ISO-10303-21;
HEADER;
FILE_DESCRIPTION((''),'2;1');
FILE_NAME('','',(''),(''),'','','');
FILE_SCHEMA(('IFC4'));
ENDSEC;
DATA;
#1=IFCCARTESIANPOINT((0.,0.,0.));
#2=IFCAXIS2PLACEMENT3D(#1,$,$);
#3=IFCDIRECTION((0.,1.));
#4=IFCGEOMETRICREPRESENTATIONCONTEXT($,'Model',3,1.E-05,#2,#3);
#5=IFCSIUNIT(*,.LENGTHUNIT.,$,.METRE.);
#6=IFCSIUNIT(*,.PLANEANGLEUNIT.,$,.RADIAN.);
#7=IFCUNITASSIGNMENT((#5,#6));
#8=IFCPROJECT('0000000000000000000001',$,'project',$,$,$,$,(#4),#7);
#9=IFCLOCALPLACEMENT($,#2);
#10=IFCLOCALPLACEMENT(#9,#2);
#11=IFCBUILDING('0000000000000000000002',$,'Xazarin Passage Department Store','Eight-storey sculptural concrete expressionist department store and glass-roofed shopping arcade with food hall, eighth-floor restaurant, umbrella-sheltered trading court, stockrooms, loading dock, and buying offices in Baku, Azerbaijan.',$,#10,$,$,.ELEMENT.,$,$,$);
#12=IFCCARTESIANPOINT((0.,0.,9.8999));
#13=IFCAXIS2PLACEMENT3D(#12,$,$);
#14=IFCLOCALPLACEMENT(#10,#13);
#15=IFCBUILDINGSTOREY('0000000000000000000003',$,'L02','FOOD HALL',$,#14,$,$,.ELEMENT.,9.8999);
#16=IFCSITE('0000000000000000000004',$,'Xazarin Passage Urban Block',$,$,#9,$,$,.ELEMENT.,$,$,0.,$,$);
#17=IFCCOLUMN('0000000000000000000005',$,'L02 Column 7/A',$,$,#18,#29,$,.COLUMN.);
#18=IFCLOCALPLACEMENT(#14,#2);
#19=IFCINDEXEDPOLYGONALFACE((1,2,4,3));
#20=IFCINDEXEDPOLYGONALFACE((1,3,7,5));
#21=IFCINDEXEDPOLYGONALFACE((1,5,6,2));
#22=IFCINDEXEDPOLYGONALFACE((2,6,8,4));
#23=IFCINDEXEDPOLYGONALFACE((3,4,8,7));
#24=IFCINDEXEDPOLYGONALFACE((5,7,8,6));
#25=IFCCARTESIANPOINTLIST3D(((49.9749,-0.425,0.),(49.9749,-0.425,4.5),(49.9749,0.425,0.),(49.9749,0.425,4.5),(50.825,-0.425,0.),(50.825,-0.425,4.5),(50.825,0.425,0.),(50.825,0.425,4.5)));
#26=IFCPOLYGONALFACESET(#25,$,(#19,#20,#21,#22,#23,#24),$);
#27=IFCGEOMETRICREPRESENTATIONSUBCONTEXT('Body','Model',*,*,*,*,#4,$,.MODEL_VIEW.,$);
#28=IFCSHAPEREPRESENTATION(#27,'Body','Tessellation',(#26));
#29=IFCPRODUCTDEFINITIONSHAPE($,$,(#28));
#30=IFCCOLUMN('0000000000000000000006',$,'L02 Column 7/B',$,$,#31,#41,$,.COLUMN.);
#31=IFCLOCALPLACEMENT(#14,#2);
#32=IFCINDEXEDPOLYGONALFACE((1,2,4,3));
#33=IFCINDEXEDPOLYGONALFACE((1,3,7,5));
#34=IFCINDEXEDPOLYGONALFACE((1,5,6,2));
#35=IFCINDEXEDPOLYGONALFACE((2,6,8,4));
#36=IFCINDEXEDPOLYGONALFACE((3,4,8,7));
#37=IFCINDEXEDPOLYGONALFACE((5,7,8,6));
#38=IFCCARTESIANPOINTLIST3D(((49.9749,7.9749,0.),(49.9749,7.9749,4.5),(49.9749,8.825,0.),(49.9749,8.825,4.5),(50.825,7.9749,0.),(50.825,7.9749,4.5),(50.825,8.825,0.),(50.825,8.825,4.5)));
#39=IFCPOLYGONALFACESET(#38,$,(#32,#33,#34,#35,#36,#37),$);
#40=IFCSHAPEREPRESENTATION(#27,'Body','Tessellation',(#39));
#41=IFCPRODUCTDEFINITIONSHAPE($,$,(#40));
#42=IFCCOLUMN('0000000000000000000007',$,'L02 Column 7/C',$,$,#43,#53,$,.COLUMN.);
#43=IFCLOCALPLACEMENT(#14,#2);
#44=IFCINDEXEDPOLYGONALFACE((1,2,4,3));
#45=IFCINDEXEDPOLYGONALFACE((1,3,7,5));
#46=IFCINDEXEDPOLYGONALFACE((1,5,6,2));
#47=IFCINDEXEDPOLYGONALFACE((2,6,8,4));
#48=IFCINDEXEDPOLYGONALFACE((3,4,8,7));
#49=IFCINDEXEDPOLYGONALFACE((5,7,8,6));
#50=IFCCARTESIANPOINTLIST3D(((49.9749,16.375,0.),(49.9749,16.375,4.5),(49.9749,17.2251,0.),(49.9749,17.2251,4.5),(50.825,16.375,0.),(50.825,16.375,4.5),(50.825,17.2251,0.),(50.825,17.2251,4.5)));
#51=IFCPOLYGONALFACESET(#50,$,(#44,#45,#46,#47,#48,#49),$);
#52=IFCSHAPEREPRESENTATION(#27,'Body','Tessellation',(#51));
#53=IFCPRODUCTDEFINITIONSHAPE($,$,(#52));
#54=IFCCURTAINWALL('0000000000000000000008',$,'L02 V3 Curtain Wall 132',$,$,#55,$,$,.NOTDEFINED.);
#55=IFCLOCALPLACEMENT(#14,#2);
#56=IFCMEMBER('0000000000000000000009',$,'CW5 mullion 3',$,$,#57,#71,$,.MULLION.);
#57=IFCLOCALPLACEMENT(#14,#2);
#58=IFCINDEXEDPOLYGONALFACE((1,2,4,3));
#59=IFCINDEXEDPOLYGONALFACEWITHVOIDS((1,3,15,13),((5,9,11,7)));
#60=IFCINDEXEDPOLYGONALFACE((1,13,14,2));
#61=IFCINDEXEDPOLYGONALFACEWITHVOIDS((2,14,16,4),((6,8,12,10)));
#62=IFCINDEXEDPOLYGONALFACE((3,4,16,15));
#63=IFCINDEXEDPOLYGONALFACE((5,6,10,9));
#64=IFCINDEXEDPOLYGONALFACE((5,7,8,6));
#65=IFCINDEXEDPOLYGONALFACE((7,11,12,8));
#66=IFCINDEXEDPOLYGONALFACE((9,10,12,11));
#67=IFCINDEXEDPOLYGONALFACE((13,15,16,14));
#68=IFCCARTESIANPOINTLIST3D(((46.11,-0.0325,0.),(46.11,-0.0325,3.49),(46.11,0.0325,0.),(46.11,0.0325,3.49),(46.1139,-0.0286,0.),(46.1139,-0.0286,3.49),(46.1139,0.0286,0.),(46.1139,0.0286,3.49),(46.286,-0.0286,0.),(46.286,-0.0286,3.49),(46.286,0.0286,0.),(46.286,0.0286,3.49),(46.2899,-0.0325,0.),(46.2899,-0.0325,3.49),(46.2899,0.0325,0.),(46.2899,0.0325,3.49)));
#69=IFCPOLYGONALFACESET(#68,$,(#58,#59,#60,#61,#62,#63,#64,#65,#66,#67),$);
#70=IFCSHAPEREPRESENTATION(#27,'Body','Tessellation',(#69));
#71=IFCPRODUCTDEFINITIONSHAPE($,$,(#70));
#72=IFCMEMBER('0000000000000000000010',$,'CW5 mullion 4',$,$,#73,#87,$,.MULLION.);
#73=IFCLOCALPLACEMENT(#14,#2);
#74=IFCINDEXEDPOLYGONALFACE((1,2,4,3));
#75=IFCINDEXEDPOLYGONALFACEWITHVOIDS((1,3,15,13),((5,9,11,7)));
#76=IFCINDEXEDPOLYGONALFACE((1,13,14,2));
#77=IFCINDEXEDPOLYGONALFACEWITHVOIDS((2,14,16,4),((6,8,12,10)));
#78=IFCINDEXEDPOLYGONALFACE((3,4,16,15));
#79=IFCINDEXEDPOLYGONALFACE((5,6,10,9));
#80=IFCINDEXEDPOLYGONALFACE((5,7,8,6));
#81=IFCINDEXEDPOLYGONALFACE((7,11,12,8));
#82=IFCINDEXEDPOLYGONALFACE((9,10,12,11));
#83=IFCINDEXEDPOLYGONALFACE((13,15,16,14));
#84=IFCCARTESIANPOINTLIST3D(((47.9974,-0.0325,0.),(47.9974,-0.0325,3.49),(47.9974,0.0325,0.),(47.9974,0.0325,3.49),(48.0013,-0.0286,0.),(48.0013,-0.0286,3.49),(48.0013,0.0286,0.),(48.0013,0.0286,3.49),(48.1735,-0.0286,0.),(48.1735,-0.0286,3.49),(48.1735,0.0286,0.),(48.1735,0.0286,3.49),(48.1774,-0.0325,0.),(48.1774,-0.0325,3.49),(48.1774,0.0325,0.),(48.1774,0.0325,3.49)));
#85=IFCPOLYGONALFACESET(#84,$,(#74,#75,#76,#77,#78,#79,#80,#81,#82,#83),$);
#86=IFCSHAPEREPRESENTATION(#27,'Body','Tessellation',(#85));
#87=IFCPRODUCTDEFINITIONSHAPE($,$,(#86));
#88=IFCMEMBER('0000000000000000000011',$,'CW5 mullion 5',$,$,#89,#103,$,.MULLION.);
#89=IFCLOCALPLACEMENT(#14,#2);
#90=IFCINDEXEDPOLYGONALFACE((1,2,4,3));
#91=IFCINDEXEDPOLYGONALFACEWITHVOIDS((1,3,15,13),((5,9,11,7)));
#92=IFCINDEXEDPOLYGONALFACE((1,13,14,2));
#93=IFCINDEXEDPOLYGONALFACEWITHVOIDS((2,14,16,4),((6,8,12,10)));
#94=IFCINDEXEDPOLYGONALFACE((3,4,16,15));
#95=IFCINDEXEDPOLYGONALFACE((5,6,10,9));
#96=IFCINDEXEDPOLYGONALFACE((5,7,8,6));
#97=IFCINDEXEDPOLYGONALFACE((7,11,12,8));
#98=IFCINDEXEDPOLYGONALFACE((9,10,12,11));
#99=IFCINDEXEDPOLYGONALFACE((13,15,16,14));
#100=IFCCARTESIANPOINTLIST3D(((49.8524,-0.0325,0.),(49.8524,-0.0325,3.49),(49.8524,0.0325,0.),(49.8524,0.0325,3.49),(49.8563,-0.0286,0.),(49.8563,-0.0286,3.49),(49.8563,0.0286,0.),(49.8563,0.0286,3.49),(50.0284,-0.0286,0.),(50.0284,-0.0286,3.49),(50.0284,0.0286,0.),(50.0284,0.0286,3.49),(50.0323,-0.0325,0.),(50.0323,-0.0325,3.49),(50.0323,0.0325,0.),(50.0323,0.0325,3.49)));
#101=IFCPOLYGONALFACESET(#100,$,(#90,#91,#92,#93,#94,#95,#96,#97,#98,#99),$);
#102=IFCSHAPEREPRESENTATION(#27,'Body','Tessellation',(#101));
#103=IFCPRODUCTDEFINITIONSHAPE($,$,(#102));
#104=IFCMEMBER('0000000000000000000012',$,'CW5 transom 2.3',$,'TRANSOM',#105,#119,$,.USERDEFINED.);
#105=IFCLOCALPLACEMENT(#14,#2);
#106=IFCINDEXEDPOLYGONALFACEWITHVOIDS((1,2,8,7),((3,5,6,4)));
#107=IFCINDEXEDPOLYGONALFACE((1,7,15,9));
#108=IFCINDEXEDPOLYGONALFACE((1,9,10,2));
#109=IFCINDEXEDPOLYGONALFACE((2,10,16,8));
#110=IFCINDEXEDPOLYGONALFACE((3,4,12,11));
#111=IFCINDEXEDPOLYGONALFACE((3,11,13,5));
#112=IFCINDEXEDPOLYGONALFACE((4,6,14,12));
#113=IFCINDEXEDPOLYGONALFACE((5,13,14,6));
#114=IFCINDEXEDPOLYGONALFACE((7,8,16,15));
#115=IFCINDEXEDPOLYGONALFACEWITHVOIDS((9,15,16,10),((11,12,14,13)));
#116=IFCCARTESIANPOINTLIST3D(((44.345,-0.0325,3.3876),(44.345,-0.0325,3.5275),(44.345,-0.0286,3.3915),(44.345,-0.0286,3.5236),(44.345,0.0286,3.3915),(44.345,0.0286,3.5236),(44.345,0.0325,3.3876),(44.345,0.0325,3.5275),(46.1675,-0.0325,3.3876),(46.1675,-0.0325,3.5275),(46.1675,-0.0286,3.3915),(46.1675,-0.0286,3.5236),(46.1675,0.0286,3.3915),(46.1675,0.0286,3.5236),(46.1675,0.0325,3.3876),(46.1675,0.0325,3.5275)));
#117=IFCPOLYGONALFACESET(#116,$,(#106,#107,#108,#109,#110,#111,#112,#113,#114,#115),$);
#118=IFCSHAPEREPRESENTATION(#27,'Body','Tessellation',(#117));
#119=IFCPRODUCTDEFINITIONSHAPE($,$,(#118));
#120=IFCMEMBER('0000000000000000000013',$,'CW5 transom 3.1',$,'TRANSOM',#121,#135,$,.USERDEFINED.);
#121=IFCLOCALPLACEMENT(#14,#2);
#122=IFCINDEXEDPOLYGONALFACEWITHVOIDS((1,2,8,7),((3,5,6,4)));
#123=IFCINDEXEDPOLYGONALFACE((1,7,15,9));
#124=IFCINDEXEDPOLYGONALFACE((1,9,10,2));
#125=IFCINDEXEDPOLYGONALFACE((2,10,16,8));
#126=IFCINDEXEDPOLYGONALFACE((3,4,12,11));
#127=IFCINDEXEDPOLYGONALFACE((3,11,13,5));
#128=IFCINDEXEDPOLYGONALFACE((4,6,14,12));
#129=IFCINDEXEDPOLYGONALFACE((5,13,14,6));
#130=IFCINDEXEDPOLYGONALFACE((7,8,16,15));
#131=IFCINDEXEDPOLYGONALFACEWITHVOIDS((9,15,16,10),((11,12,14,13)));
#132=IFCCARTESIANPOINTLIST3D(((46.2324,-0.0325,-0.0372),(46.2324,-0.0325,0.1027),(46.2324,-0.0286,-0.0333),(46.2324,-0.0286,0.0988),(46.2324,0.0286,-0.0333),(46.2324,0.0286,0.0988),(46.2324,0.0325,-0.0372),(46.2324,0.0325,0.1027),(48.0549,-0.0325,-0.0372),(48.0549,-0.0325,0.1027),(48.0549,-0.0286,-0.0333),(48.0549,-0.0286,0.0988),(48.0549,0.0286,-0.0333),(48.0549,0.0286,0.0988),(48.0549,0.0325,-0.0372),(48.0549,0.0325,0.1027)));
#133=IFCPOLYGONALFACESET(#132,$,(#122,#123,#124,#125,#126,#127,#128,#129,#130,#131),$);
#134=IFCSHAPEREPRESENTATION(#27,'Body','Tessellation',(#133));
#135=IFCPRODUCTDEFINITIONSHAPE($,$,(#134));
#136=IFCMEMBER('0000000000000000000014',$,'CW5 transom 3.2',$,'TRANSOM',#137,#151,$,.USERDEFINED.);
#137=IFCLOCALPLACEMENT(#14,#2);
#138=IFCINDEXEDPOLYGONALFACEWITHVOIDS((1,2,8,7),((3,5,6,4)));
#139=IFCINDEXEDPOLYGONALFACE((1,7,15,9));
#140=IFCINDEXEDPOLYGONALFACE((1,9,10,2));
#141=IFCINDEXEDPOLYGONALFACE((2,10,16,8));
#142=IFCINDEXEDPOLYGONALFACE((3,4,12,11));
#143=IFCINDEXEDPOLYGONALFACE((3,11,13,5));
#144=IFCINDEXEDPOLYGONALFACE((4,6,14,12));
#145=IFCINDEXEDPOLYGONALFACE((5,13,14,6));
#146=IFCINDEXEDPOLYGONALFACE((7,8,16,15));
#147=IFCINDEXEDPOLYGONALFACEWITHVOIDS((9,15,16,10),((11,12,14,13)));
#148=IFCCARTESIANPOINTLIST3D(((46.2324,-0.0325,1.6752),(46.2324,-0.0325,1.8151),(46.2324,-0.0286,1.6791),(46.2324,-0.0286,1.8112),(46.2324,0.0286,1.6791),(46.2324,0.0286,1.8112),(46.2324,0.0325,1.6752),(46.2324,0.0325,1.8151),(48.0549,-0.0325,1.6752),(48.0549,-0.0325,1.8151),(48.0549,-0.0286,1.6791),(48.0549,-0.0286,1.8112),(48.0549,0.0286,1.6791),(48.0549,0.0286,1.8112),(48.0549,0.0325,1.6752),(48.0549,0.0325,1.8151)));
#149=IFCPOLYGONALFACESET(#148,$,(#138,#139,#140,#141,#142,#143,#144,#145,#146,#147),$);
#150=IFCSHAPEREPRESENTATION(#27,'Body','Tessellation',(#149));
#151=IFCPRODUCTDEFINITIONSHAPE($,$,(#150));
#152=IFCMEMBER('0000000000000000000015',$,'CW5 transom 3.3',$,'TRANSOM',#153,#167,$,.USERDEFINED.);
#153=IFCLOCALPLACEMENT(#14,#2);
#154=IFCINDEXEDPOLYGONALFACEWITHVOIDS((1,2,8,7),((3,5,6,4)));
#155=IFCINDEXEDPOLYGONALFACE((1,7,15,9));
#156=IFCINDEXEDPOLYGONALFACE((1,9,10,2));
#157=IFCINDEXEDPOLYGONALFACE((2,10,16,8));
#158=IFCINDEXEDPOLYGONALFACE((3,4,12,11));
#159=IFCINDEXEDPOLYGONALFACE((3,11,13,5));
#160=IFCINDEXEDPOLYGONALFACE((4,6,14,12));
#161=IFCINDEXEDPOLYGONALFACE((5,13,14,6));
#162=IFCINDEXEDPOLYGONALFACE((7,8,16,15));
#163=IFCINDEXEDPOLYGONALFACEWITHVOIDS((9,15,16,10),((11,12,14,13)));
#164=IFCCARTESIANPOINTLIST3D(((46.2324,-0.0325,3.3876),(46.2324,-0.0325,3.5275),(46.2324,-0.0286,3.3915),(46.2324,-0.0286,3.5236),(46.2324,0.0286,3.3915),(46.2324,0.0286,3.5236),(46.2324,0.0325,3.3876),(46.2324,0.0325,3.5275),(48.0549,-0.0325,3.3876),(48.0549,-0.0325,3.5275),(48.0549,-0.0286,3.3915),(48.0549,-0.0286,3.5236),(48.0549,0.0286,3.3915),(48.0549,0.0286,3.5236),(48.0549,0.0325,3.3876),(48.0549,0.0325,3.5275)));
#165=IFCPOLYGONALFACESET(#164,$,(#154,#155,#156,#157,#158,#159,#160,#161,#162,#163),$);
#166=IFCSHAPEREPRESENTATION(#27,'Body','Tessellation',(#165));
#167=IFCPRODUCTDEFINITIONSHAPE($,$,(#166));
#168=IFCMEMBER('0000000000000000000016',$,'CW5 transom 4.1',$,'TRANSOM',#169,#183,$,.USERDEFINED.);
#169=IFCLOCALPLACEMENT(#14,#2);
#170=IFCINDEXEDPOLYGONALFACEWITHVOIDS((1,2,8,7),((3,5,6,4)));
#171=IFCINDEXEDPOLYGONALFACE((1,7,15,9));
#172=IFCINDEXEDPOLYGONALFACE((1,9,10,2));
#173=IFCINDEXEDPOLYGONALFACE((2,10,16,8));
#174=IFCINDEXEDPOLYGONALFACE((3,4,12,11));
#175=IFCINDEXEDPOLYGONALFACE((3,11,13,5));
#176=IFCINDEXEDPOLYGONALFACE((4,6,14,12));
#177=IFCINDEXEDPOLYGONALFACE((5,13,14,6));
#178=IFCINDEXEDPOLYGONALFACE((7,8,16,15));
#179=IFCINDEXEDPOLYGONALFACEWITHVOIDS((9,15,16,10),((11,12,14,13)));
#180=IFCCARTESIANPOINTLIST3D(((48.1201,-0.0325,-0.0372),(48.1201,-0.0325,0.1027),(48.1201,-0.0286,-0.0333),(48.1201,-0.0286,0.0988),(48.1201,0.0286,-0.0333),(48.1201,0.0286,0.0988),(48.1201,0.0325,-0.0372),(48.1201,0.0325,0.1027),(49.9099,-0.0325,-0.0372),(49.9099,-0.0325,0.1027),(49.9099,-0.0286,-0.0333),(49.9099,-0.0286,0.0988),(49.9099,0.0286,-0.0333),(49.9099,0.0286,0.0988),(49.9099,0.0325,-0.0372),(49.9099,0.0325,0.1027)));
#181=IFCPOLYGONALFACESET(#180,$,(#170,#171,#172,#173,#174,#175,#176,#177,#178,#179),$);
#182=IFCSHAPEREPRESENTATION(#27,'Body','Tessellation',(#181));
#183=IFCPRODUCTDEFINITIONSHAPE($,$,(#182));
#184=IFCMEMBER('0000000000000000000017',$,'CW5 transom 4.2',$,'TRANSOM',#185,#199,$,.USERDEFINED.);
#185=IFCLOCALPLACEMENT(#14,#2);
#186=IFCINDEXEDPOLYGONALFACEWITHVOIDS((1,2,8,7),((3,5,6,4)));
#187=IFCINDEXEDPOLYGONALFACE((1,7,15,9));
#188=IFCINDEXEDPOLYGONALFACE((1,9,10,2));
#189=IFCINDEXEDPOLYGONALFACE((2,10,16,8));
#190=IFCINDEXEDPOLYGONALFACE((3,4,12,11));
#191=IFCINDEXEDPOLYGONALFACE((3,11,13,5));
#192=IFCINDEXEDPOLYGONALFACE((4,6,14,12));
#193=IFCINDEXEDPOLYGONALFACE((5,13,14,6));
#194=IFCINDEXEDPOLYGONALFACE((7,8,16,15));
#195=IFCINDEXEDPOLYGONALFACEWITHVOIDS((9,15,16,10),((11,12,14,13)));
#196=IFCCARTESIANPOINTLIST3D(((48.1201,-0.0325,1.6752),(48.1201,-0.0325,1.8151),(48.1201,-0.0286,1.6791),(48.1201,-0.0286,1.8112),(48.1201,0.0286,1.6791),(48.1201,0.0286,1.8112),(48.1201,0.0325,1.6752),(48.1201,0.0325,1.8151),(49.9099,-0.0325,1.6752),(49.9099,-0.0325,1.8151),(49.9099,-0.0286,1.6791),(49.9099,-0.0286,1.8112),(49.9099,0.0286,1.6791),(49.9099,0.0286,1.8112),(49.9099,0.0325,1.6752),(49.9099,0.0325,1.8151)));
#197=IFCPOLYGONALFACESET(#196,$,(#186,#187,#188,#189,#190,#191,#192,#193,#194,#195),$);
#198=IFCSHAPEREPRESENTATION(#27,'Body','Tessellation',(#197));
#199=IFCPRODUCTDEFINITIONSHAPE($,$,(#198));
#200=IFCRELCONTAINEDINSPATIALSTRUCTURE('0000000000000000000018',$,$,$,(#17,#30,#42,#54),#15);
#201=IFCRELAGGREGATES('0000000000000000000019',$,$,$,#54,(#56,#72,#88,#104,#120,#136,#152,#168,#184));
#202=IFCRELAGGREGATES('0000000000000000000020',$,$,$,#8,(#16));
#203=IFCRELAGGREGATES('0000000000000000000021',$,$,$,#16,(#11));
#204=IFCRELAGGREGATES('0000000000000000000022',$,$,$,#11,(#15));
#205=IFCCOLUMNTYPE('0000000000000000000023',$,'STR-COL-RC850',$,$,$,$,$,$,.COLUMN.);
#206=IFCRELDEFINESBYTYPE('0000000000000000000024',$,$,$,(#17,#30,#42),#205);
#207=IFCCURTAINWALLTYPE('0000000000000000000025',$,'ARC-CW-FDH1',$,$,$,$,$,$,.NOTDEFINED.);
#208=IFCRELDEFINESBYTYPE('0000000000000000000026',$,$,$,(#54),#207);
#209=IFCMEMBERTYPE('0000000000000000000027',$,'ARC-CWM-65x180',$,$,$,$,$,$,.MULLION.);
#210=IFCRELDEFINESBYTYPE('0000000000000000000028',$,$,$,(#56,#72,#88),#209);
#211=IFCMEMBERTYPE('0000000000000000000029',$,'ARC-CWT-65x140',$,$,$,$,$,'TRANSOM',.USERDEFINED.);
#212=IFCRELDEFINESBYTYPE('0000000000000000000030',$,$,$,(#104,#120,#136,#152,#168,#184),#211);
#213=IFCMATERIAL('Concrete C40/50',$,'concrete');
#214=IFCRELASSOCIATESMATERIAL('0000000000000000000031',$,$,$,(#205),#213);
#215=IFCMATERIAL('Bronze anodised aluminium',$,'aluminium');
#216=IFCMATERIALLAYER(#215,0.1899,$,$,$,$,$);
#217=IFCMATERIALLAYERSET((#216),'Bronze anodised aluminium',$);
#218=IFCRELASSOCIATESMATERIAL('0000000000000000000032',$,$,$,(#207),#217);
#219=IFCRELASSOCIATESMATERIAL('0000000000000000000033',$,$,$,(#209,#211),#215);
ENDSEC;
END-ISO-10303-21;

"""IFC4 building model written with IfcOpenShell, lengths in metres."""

from ifc_helpers import new_model, si_unit, direction, frame, origin, origin_2d, place, context, subcontext, project, spatial, rectangle, hollow_rectangle, extrude, material, layer, layer_set, material_profile, profile_set, type_object, element, aggregate, save


model = new_model("IFC4")

# Units and contexts
model_context = context("Model", 3, precision=1e-05, world=origin(), true_north=direction((0.0, 1.0)))
body_context = subcontext(model_context, "Body", "Model", "MODEL_VIEW")
ifc_project = project(units=[si_unit("LENGTHUNIT", "METRE"), si_unit("PLANEANGLEUNIT", "RADIAN")], contexts=[model_context])

# Site, building, storey
site_placement = place(None, origin())
site = spatial("IfcSite", under=ifc_project, at=site_placement, Name="Xazarin Passage Urban Block", CompositionType="ELEMENT", RefElevation=0.0)
building_placement = place(site_placement, origin())
building = spatial("IfcBuilding", under=site, at=building_placement, Name="Xazarin Passage Department Store", Description="Eight-storey sculptural concrete expressionist department store and glass-roofed shopping arcade with food hall, eighth-floor restaurant, umbrella-sheltered trading court, stockrooms, loading dock, and buying offices in Baku, Azerbaijan.", CompositionType="ELEMENT")
storey_placement = place(building_placement, frame((0.0, 0.0, 9.8999)))
storey = spatial("IfcBuildingStorey", under=building, at=storey_placement, Name="L02", Description="FOOD HALL", CompositionType="ELEMENT", Elevation=9.8999)

# Columns
ifc_material_1 = material(Name="Concrete C40/50", Category="concrete")
ifc_material_profile_1 = material_profile(ifc_material_1, rectangle(XDim=0.8501, YDim=0.8501, at=origin_2d()), Name="RC 850x850")
ifc_profile_set_1 = profile_set([ifc_material_profile_1], Name="Concrete C40/50")
column_type = type_object("IfcColumnType", Name="STR-COL-RC850", PredefinedType="COLUMN", material=ifc_profile_set_1)
for number, where, z_axis, x_axis, name in (
    (1, (50.3999, 0.0, 0.0), (0.0, 0.0, 1.0), (1.0, 0.0, 0.0), "L02 Column 7/A"),
    (2, (50.3999, 8.3999, 0.0), (0.0, 0.0, 1.0), (1.0, 0.0, 0.0), "L02 Column 7/B"),
    (3, (50.3999, 16.8, 0.0), (0.0, 0.0, 1.0), (1.0, 0.0, 0.0), "L02 Column 7/C"),
):
    element("IfcColumn", number, at=place(storey_placement, frame(where, z_axis=z_axis, x_axis=x_axis)), inside=storey, type_object=column_type, Name=name, PredefinedType="COLUMN", context=body_context, shape_type="SweptSolid", body=[
        extrude(rectangle(XDim=0.8501, YDim=0.8501, at=origin_2d()), origin(), (0.0, 0.0, 1.0), 4.5),
    ])

# Curtain wall, members
ifc_material_2 = material(Name="Bronze anodised aluminium", Category="aluminium")
ifc_layer_1 = layer(ifc_material_2, 0.1899)
ifc_layer_set_1 = layer_set([ifc_layer_1], Name="Bronze anodised aluminium")
curtain_wall_type = type_object("IfcCurtainWallType", Name="ARC-CW-FDH1", PredefinedType="NOTDEFINED", material=ifc_layer_set_1)
curtain_wall_placement = place(storey_placement, origin())
curtain_wall = element("IfcCurtainWall", 4, at=curtain_wall_placement, inside=storey, type_object=curtain_wall_type, Name="L02 V3 Curtain Wall 132", PredefinedType="NOTDEFINED")
ifc_material_profile_2 = material_profile(ifc_material_2, hollow_rectangle(XDim=0.0649, YDim=0.1799, WallThickness=0.0039, at=origin_2d()), Name="ALU 65x180")
ifc_profile_set_2 = profile_set([ifc_material_profile_2], Name="Bronze anodised aluminium")
member_type_1 = type_object("IfcMemberType", Name="ARC-CWM-65x180", PredefinedType="MULLION", material=ifc_profile_set_2)
member_1_placement = place(storey_placement, frame((46.2, 0.0, 0.0), z_axis=(0.0, 0.0, 1.0), x_axis=(0.0, 1.0, 0.0)))
member_1 = element("IfcMember", 5, at=member_1_placement, type_object=member_type_1, Name="CW5 mullion 3", PredefinedType="MULLION", context=body_context, shape_type="SweptSolid", body=[
    extrude(hollow_rectangle(XDim=0.0649, YDim=0.1799, WallThickness=0.0039, at=origin_2d()), origin(), (0.0, 0.0, 1.0), 3.49),
])
member_2_placement = place(storey_placement, frame((48.0874, 0.0, 0.0), z_axis=(0.0, 0.0, 1.0), x_axis=(0.0, 1.0, 0.0)))
member_2 = element("IfcMember", 6, at=member_2_placement, type_object=member_type_1, Name="CW5 mullion 4", PredefinedType="MULLION", context=body_context, shape_type="SweptSolid", body=[
    extrude(hollow_rectangle(XDim=0.0649, YDim=0.1799, WallThickness=0.0039, at=origin_2d()), origin(), (0.0, 0.0, 1.0), 3.49),
])
member_3_placement = place(storey_placement, frame((49.9424, 0.0, 0.0), z_axis=(0.0, 0.0, 1.0), x_axis=(0.0, 1.0, 0.0)))
member_3 = element("IfcMember", 7, at=member_3_placement, type_object=member_type_1, Name="CW5 mullion 5", PredefinedType="MULLION", context=body_context, shape_type="SweptSolid", body=[
    extrude(hollow_rectangle(XDim=0.0649, YDim=0.1799, WallThickness=0.0039, at=origin_2d()), origin(), (0.0, 0.0, 1.0), 3.49),
])
ifc_material_profile_3 = material_profile(ifc_material_2, hollow_rectangle(XDim=0.0649, YDim=0.1399, WallThickness=0.0039, at=origin_2d()), Name="ALU 65x140")
ifc_profile_set_3 = profile_set([ifc_material_profile_3], Name="Bronze anodised aluminium")
member_type_2 = type_object("IfcMemberType", Name="ARC-CWT-65x140", ElementType="TRANSOM", PredefinedType="USERDEFINED", material=ifc_profile_set_3)
member_4_placement = place(storey_placement, frame((44.345, 0.0, 3.4575), z_axis=(1.0, 0.0, 0.0), x_axis=(0.0, 1.0, 0.0)))
member_4 = element("IfcMember", 8, at=member_4_placement, type_object=member_type_2, Name="CW5 transom 2.3", ObjectType="TRANSOM", PredefinedType="USERDEFINED", context=body_context, shape_type="SweptSolid", body=[
    extrude(hollow_rectangle(XDim=0.0649, YDim=0.1399, WallThickness=0.0039, at=origin_2d()), origin(), (0.0, 0.0, 1.0), 1.8225),
])
member_5_placement = place(storey_placement, frame((46.2324, 0.0, 0.0327), z_axis=(1.0, 0.0, 0.0), x_axis=(0.0, 1.0, 0.0)))
member_5 = element("IfcMember", 9, at=member_5_placement, type_object=member_type_2, Name="CW5 transom 3.1", ObjectType="TRANSOM", PredefinedType="USERDEFINED", context=body_context, shape_type="SweptSolid", body=[
    extrude(hollow_rectangle(XDim=0.0649, YDim=0.1399, WallThickness=0.0039, at=origin_2d()), origin(), (0.0, 0.0, 1.0), 1.8225),
])
member_6_placement = place(storey_placement, frame((46.2324, 0.0, 1.7451), z_axis=(1.0, 0.0, 0.0), x_axis=(0.0, 1.0, 0.0)))
member_6 = element("IfcMember", 10, at=member_6_placement, type_object=member_type_2, Name="CW5 transom 3.2", ObjectType="TRANSOM", PredefinedType="USERDEFINED", context=body_context, shape_type="SweptSolid", body=[
    extrude(hollow_rectangle(XDim=0.0649, YDim=0.1399, WallThickness=0.0039, at=origin_2d()), origin(), (0.0, 0.0, 1.0), 1.8225),
])
member_7_placement = place(storey_placement, frame((46.2324, 0.0, 3.4575), z_axis=(1.0, 0.0, 0.0), x_axis=(0.0, 1.0, 0.0)))
member_7 = element("IfcMember", 11, at=member_7_placement, type_object=member_type_2, Name="CW5 transom 3.3", ObjectType="TRANSOM", PredefinedType="USERDEFINED", context=body_context, shape_type="SweptSolid", body=[
    extrude(hollow_rectangle(XDim=0.0649, YDim=0.1399, WallThickness=0.0039, at=origin_2d()), origin(), (0.0, 0.0, 1.0), 1.8225),
])
member_8_placement = place(storey_placement, frame((48.1201, 0.0, 0.0327), z_axis=(1.0, 0.0, 0.0), x_axis=(0.0, 1.0, 0.0)))
member_8 = element("IfcMember", 12, at=member_8_placement, type_object=member_type_2, Name="CW5 transom 4.1", ObjectType="TRANSOM", PredefinedType="USERDEFINED", context=body_context, shape_type="SweptSolid", body=[
    extrude(hollow_rectangle(XDim=0.0649, YDim=0.1399, WallThickness=0.0039, at=origin_2d()), origin(), (0.0, 0.0, 1.0), 1.7898),
])
member_9_placement = place(storey_placement, frame((48.1201, 0.0, 1.7451), z_axis=(1.0, 0.0, 0.0), x_axis=(0.0, 1.0, 0.0)))
member_9 = element("IfcMember", 13, at=member_9_placement, type_object=member_type_2, Name="CW5 transom 4.2", ObjectType="TRANSOM", PredefinedType="USERDEFINED", context=body_context, shape_type="SweptSolid", body=[
    extrude(hollow_rectangle(XDim=0.0649, YDim=0.1399, WallThickness=0.0039, at=origin_2d()), origin(), (0.0, 0.0, 1.0), 1.7898),
])

aggregate(curtain_wall, [member_1, member_2, member_3, member_4, member_5, member_6, member_7, member_8, member_9])

save(model, "model.ifc")
